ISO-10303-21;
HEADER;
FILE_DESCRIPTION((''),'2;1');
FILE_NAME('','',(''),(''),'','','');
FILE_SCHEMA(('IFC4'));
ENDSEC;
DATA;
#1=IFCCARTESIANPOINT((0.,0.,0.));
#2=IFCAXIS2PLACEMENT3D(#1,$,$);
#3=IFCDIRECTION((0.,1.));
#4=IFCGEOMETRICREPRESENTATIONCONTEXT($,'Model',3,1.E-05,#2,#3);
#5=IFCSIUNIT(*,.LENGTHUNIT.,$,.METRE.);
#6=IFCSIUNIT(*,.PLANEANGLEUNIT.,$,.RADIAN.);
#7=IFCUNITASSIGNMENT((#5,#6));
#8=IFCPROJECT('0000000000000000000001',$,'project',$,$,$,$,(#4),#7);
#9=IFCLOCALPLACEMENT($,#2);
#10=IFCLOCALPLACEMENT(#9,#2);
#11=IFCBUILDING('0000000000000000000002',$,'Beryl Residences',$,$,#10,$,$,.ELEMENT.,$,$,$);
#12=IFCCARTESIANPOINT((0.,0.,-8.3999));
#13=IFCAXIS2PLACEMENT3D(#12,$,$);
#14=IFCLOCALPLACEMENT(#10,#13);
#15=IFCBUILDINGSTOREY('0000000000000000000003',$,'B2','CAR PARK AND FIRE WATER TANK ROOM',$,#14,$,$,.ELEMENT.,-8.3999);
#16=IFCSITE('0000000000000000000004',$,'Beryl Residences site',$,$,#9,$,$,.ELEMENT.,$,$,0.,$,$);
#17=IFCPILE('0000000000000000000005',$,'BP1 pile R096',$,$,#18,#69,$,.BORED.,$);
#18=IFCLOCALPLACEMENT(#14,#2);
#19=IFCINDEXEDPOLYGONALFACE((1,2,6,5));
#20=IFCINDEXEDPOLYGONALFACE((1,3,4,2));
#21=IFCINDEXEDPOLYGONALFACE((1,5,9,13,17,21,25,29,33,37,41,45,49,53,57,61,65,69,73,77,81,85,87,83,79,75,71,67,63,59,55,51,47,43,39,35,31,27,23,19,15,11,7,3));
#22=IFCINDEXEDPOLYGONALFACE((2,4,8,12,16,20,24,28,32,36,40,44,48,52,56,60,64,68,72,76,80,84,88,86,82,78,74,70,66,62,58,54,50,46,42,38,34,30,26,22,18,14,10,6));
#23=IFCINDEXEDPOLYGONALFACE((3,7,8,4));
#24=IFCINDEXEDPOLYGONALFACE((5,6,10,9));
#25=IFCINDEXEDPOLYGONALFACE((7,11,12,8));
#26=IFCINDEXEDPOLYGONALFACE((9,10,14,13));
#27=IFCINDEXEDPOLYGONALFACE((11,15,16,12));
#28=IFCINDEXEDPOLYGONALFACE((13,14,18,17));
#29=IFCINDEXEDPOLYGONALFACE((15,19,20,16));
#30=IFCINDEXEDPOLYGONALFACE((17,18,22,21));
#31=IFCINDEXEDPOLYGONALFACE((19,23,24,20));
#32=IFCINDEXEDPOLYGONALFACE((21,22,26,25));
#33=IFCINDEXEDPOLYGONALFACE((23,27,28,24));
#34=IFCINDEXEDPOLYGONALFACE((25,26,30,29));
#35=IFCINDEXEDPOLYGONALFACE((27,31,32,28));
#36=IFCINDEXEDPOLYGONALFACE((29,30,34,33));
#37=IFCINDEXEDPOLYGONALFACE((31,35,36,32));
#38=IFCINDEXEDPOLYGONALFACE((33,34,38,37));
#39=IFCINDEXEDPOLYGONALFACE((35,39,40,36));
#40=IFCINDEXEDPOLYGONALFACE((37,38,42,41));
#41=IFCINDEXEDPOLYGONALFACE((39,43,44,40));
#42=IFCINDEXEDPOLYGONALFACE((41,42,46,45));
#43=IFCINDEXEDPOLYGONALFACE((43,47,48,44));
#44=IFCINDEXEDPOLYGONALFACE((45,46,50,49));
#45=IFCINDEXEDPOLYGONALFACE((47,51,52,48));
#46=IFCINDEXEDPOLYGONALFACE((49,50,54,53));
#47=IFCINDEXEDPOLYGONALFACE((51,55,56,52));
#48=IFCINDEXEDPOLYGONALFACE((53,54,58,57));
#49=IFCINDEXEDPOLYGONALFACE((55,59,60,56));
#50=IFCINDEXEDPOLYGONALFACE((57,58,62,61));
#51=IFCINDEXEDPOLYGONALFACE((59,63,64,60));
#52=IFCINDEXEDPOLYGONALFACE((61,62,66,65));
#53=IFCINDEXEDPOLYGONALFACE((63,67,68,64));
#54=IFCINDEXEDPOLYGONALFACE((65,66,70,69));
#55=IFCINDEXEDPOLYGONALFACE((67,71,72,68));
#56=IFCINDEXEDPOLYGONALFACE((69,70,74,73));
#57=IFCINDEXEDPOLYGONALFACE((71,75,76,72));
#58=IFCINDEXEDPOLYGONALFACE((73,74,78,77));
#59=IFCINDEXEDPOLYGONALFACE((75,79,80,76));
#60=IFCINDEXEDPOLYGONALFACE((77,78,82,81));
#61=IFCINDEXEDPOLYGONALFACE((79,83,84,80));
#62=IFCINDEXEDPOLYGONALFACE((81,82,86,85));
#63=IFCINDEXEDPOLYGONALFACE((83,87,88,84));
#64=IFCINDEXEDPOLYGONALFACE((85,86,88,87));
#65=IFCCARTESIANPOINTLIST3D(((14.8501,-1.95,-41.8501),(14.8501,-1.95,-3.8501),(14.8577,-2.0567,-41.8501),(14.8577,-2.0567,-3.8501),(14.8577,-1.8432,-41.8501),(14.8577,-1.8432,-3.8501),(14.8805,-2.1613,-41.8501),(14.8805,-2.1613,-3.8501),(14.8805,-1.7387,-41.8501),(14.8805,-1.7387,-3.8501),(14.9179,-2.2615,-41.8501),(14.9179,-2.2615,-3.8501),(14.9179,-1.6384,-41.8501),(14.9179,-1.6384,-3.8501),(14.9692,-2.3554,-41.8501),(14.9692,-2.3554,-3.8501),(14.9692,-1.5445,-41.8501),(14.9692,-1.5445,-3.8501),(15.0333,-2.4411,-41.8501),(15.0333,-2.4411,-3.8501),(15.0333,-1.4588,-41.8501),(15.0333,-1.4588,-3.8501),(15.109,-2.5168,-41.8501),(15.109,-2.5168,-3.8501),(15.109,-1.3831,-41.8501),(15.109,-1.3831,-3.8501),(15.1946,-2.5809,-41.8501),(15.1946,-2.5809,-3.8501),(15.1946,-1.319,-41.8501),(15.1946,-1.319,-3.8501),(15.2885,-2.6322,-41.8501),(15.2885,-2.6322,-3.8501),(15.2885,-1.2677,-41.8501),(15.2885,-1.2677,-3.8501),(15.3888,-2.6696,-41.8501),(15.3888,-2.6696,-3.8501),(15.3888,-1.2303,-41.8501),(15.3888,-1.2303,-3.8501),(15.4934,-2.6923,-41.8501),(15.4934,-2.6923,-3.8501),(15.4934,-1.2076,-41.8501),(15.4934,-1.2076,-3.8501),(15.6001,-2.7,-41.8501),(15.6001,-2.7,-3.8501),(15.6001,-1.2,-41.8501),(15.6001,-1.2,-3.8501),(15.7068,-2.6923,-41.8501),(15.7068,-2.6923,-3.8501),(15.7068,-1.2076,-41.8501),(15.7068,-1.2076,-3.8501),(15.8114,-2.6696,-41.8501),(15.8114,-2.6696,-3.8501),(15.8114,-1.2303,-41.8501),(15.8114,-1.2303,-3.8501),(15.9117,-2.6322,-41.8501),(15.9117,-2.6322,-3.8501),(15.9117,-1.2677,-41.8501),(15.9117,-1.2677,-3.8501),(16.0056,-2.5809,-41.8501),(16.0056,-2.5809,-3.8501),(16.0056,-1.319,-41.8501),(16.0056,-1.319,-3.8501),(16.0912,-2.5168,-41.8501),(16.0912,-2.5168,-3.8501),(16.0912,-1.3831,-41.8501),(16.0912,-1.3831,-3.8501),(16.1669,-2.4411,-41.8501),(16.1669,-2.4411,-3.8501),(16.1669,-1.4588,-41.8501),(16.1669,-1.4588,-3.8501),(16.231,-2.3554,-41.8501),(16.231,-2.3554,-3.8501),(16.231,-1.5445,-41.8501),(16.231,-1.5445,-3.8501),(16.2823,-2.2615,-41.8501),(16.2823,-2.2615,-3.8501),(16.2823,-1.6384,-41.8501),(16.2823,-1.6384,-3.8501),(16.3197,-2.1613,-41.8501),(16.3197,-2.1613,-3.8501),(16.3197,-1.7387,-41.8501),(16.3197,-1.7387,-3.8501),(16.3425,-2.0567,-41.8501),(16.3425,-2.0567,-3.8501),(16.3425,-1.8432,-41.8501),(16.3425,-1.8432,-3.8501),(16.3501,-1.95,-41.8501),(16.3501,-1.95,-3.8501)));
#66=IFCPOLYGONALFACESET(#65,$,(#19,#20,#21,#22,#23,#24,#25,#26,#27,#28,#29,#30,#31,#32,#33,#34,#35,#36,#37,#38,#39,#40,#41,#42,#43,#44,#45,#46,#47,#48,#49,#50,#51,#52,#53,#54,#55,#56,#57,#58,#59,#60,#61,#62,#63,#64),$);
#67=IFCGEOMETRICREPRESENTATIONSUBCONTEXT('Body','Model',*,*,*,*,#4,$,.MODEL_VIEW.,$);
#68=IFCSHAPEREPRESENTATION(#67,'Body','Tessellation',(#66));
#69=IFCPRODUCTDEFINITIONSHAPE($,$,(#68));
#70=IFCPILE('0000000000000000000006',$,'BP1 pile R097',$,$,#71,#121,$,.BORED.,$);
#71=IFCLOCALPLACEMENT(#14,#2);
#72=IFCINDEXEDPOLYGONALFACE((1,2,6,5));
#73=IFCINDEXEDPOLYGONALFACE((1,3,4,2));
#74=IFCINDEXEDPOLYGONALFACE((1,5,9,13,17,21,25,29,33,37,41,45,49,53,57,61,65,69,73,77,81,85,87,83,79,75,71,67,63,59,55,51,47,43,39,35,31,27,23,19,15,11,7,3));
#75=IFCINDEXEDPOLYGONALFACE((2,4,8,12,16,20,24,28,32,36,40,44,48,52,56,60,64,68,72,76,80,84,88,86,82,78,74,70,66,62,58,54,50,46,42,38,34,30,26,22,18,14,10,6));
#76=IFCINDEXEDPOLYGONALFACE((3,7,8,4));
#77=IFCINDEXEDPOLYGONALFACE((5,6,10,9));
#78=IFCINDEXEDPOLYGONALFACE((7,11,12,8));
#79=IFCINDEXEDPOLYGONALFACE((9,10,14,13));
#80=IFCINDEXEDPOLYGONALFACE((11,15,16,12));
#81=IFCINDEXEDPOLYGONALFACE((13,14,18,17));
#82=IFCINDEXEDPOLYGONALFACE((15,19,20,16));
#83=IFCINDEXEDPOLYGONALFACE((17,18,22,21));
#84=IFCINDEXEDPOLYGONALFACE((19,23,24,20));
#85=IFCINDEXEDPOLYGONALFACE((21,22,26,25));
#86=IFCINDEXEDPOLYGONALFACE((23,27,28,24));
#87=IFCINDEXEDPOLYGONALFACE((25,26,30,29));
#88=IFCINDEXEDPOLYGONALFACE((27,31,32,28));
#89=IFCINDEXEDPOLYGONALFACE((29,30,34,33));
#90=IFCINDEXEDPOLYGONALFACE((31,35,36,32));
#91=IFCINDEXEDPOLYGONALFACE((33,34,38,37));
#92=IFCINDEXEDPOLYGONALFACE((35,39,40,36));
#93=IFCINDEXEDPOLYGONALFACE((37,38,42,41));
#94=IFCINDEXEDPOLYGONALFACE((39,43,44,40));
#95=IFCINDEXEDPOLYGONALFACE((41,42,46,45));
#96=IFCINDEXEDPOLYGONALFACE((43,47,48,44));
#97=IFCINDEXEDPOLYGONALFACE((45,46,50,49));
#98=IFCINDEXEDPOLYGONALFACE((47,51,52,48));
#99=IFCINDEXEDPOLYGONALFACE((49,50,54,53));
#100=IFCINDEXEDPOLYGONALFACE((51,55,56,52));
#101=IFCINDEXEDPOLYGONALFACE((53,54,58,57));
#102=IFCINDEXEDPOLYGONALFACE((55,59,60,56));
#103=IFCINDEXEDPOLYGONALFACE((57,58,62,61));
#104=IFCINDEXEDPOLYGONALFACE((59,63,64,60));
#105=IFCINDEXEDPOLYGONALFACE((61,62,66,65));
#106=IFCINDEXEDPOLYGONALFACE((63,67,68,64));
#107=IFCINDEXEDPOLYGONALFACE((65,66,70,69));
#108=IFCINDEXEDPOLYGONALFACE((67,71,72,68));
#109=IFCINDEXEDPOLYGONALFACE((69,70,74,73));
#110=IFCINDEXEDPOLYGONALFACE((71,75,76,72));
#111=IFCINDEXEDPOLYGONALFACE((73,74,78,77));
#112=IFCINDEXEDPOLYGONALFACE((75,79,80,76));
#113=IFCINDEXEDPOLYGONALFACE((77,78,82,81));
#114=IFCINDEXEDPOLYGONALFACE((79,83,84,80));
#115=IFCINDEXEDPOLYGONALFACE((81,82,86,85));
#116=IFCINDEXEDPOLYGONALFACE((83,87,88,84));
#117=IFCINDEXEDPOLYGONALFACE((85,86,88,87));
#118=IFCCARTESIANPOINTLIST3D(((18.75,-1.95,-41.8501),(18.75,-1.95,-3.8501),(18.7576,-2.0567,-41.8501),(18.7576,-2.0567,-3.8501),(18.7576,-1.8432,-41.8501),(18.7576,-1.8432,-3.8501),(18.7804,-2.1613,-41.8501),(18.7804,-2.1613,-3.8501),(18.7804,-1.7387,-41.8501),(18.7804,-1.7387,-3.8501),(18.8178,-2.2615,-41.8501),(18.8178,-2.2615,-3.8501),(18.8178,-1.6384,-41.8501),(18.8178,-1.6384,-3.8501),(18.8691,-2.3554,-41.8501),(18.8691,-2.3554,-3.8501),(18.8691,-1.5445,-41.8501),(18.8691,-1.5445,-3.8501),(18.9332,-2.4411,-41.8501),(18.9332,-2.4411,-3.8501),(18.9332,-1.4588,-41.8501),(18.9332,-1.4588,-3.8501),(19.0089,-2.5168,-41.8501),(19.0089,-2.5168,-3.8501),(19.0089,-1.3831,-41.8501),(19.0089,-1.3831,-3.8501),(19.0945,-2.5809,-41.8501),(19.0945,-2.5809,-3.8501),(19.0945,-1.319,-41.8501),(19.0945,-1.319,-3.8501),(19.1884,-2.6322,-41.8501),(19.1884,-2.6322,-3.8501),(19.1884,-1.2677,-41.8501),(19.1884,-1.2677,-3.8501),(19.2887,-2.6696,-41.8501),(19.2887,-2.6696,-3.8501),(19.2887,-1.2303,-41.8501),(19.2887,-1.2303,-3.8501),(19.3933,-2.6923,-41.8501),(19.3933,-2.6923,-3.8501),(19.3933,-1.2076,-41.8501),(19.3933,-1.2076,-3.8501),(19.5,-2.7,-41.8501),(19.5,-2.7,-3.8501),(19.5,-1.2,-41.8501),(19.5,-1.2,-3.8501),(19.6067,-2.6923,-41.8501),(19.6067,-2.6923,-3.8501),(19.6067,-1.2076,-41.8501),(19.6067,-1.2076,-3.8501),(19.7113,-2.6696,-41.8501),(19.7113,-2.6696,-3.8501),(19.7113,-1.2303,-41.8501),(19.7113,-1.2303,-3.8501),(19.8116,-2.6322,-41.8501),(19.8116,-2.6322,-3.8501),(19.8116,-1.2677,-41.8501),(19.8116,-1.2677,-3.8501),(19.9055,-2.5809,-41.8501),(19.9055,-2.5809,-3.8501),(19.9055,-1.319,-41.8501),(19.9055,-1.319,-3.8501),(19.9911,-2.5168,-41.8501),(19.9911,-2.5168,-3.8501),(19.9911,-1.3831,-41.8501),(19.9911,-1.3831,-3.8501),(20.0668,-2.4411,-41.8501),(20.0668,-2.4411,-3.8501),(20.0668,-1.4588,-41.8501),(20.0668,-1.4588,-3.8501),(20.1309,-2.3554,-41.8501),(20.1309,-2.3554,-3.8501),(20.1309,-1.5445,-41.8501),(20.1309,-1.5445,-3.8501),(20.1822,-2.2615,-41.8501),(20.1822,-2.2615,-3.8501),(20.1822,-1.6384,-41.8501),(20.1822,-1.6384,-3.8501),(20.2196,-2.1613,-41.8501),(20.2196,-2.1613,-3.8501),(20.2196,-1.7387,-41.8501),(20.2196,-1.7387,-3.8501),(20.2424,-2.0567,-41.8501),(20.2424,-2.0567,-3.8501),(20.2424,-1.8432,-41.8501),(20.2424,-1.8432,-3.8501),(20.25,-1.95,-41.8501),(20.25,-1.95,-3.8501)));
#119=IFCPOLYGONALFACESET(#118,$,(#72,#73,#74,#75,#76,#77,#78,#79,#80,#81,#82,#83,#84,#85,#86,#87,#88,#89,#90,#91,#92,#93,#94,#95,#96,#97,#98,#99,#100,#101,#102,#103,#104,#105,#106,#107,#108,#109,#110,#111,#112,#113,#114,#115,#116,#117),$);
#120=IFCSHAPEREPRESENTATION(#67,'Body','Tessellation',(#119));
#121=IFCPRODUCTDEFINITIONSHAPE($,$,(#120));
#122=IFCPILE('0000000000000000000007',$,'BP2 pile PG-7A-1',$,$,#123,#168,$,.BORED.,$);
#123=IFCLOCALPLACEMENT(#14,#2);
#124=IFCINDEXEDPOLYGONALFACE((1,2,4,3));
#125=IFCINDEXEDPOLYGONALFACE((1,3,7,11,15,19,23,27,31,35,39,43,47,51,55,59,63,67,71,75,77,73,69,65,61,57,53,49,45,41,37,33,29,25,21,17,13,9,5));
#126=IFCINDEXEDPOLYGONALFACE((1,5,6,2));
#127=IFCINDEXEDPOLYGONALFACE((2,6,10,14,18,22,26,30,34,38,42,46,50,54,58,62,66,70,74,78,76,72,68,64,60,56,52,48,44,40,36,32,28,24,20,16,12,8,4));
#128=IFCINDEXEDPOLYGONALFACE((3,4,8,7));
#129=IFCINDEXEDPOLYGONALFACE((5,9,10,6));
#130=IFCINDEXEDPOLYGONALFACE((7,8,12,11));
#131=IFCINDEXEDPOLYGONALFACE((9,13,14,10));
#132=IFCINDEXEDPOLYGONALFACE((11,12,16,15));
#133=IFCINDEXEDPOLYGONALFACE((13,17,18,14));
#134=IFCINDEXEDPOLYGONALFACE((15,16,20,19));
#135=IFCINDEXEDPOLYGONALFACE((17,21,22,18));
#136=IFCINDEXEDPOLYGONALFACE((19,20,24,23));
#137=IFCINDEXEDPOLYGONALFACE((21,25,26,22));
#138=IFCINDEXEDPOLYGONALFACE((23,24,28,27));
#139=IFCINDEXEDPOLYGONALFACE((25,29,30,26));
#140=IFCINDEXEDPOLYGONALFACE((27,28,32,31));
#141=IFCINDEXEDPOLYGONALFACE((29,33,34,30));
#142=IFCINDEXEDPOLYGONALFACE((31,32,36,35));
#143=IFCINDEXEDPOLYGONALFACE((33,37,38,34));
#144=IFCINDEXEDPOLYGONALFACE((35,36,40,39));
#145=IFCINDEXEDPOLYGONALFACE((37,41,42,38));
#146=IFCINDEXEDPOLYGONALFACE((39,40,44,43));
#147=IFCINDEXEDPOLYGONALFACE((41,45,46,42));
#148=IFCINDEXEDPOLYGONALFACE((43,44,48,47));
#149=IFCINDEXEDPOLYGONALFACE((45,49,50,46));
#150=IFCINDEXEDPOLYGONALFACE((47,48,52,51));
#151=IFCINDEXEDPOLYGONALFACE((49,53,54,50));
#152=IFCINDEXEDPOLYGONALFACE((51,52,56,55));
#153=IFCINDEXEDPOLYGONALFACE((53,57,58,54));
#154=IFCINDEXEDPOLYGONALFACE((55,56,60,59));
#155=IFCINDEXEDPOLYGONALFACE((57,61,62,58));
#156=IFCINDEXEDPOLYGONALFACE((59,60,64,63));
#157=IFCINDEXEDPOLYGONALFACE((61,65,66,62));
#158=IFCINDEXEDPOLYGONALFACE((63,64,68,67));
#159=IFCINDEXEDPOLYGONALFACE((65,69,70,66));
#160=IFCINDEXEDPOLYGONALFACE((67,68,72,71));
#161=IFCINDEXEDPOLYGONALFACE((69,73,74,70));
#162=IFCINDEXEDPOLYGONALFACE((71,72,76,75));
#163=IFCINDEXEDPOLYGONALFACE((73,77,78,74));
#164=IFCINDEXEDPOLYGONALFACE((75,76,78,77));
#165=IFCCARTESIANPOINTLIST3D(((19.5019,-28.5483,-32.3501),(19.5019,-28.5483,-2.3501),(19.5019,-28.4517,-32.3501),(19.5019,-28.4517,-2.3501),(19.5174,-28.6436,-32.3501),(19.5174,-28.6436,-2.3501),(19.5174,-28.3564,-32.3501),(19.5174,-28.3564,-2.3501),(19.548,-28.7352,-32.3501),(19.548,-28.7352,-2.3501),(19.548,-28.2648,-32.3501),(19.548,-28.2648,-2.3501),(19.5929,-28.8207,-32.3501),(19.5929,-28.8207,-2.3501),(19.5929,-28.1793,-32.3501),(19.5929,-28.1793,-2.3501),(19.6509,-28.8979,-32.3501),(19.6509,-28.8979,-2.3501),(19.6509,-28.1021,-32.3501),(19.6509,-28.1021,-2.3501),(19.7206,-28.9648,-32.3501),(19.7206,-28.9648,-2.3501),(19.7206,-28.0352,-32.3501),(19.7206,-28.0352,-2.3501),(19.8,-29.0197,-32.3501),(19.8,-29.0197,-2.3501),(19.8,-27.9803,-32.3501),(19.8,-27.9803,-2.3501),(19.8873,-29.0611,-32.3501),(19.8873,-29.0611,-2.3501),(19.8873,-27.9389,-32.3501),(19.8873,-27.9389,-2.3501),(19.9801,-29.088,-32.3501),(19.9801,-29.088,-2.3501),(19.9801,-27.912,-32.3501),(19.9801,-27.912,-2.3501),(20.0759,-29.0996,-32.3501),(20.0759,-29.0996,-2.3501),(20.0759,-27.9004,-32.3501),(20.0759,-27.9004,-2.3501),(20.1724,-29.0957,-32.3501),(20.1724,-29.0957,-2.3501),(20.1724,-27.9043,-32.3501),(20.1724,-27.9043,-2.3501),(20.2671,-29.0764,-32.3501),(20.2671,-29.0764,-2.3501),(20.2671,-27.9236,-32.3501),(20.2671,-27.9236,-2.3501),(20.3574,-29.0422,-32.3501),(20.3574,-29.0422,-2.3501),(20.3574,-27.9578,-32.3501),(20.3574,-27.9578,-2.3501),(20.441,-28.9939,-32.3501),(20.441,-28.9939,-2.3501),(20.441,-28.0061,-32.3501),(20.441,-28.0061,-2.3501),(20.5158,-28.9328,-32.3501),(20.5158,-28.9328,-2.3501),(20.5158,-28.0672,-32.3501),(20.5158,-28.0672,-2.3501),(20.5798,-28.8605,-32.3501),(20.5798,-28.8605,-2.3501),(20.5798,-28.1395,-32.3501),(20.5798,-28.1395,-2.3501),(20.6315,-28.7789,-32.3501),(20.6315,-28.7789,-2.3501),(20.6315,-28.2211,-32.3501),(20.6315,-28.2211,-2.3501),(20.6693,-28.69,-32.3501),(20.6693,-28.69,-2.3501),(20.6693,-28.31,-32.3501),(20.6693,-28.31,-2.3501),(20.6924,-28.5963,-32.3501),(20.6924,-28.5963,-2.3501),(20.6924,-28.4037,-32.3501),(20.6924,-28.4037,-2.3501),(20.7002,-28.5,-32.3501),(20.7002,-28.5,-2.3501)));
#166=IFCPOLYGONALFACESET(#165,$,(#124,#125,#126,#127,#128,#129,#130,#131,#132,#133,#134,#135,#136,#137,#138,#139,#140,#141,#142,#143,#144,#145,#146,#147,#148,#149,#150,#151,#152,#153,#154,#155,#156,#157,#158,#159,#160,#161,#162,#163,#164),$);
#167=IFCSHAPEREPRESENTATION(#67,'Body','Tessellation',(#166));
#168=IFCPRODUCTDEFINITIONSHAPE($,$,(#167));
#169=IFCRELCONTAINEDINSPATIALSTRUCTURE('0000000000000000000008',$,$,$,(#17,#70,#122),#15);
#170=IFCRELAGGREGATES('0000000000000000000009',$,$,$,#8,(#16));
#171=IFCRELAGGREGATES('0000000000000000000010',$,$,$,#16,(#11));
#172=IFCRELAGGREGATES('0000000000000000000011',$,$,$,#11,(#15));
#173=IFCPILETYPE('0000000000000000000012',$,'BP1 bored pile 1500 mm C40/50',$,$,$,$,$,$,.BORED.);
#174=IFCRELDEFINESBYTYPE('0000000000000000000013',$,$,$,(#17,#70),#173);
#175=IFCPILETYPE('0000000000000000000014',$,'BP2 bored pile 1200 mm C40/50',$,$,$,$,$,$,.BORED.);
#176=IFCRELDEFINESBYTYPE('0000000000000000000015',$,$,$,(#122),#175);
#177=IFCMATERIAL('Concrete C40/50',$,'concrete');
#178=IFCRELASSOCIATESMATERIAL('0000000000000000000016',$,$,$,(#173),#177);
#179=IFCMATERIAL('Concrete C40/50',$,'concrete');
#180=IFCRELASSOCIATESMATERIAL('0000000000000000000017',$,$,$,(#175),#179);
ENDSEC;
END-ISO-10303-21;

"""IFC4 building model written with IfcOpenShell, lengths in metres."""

from ifc_helpers import new_model, si_unit, direction, frame, origin, origin_2d, place, context, subcontext, project, spatial, circle, extrude, material, material_profile, profile_set, type_object, element, save


model = new_model("IFC4")

# Units and contexts
model_context = context("Model", 3, precision=1e-05, world=origin(), true_north=direction((0.0, 1.0)))
body_context = subcontext(model_context, "Body", "Model", "MODEL_VIEW")
ifc_project = project(units=[si_unit("LENGTHUNIT", "METRE"), si_unit("PLANEANGLEUNIT", "RADIAN")], contexts=[model_context])

# Site, building, storey
site_placement = place(None, origin())
site = spatial("IfcSite", under=ifc_project, at=site_placement, Name="Beryl Residences site", CompositionType="ELEMENT", RefElevation=0.0)
building_placement = place(site_placement, origin())
building = spatial("IfcBuilding", under=site, at=building_placement, Name="Beryl Residences", CompositionType="ELEMENT")
storey_placement = place(building_placement, frame((0.0, 0.0, -8.3999)))
storey = spatial("IfcBuildingStorey", under=building, at=storey_placement, Name="B2", Description="CAR PARK AND FIRE WATER TANK ROOM", CompositionType="ELEMENT", Elevation=-8.3999)

# Piles
ifc_material_1 = material(Name="Concrete C40/50", Category="concrete")
ifc_material_profile_1 = material_profile(ifc_material_1, circle(Radius=0.75, at=origin_2d()))
ifc_profile_set_1 = profile_set([ifc_material_profile_1], Name="Concrete C40/50")
pile_type_1 = type_object("IfcPileType", Name="BP1 bored pile 1500 mm C40/50", PredefinedType="BORED", material=ifc_profile_set_1)
for number, where, z_axis, x_axis, name in (
    (1, (15.6001, -1.95, -3.8501), (0.0, 0.0, -1.0), (1.0, 0.0, 0.0), "BP1 pile R096"),
    (2, (19.5, -1.95, -3.8501), (0.0, 0.0, -1.0), (1.0, 0.0, 0.0), "BP1 pile R097"),
):
    element("IfcPile", number, at=place(storey_placement, frame(where, z_axis=z_axis, x_axis=x_axis)), inside=storey, type_object=pile_type_1, Name=name, PredefinedType="BORED", context=body_context, shape_type="SweptSolid", body=[
        extrude(circle(Radius=0.75, at=origin_2d()), origin(), (0.0, 0.0, 1.0), 38.0),
    ])
ifc_material_2 = material(Name="Concrete C40/50", Category="concrete")
ifc_material_profile_2 = material_profile(ifc_material_2, circle(Radius=0.6001, at=origin_2d()))
ifc_profile_set_2 = profile_set([ifc_material_profile_2], Name="Concrete C40/50")
pile_type_2 = type_object("IfcPileType", Name="BP2 bored pile 1200 mm C40/50", PredefinedType="BORED", material=ifc_profile_set_2)
for number, where, z_axis, x_axis, name in (
    (3, (20.1001, -28.5, -2.3501), (0.0, 0.0, -1.0), (1.0, 0.0, 0.0), "BP2 pile PG-7A-1"),
):
    element("IfcPile", number, at=place(storey_placement, frame(where, z_axis=z_axis, x_axis=x_axis)), inside=storey, type_object=pile_type_2, Name=name, PredefinedType="BORED", context=body_context, shape_type="SweptSolid", body=[
        extrude(circle(Radius=0.6001, at=origin_2d()), origin(), (0.0, 0.0, 1.0), 30.0),
    ])

save(model, "model.ifc")
